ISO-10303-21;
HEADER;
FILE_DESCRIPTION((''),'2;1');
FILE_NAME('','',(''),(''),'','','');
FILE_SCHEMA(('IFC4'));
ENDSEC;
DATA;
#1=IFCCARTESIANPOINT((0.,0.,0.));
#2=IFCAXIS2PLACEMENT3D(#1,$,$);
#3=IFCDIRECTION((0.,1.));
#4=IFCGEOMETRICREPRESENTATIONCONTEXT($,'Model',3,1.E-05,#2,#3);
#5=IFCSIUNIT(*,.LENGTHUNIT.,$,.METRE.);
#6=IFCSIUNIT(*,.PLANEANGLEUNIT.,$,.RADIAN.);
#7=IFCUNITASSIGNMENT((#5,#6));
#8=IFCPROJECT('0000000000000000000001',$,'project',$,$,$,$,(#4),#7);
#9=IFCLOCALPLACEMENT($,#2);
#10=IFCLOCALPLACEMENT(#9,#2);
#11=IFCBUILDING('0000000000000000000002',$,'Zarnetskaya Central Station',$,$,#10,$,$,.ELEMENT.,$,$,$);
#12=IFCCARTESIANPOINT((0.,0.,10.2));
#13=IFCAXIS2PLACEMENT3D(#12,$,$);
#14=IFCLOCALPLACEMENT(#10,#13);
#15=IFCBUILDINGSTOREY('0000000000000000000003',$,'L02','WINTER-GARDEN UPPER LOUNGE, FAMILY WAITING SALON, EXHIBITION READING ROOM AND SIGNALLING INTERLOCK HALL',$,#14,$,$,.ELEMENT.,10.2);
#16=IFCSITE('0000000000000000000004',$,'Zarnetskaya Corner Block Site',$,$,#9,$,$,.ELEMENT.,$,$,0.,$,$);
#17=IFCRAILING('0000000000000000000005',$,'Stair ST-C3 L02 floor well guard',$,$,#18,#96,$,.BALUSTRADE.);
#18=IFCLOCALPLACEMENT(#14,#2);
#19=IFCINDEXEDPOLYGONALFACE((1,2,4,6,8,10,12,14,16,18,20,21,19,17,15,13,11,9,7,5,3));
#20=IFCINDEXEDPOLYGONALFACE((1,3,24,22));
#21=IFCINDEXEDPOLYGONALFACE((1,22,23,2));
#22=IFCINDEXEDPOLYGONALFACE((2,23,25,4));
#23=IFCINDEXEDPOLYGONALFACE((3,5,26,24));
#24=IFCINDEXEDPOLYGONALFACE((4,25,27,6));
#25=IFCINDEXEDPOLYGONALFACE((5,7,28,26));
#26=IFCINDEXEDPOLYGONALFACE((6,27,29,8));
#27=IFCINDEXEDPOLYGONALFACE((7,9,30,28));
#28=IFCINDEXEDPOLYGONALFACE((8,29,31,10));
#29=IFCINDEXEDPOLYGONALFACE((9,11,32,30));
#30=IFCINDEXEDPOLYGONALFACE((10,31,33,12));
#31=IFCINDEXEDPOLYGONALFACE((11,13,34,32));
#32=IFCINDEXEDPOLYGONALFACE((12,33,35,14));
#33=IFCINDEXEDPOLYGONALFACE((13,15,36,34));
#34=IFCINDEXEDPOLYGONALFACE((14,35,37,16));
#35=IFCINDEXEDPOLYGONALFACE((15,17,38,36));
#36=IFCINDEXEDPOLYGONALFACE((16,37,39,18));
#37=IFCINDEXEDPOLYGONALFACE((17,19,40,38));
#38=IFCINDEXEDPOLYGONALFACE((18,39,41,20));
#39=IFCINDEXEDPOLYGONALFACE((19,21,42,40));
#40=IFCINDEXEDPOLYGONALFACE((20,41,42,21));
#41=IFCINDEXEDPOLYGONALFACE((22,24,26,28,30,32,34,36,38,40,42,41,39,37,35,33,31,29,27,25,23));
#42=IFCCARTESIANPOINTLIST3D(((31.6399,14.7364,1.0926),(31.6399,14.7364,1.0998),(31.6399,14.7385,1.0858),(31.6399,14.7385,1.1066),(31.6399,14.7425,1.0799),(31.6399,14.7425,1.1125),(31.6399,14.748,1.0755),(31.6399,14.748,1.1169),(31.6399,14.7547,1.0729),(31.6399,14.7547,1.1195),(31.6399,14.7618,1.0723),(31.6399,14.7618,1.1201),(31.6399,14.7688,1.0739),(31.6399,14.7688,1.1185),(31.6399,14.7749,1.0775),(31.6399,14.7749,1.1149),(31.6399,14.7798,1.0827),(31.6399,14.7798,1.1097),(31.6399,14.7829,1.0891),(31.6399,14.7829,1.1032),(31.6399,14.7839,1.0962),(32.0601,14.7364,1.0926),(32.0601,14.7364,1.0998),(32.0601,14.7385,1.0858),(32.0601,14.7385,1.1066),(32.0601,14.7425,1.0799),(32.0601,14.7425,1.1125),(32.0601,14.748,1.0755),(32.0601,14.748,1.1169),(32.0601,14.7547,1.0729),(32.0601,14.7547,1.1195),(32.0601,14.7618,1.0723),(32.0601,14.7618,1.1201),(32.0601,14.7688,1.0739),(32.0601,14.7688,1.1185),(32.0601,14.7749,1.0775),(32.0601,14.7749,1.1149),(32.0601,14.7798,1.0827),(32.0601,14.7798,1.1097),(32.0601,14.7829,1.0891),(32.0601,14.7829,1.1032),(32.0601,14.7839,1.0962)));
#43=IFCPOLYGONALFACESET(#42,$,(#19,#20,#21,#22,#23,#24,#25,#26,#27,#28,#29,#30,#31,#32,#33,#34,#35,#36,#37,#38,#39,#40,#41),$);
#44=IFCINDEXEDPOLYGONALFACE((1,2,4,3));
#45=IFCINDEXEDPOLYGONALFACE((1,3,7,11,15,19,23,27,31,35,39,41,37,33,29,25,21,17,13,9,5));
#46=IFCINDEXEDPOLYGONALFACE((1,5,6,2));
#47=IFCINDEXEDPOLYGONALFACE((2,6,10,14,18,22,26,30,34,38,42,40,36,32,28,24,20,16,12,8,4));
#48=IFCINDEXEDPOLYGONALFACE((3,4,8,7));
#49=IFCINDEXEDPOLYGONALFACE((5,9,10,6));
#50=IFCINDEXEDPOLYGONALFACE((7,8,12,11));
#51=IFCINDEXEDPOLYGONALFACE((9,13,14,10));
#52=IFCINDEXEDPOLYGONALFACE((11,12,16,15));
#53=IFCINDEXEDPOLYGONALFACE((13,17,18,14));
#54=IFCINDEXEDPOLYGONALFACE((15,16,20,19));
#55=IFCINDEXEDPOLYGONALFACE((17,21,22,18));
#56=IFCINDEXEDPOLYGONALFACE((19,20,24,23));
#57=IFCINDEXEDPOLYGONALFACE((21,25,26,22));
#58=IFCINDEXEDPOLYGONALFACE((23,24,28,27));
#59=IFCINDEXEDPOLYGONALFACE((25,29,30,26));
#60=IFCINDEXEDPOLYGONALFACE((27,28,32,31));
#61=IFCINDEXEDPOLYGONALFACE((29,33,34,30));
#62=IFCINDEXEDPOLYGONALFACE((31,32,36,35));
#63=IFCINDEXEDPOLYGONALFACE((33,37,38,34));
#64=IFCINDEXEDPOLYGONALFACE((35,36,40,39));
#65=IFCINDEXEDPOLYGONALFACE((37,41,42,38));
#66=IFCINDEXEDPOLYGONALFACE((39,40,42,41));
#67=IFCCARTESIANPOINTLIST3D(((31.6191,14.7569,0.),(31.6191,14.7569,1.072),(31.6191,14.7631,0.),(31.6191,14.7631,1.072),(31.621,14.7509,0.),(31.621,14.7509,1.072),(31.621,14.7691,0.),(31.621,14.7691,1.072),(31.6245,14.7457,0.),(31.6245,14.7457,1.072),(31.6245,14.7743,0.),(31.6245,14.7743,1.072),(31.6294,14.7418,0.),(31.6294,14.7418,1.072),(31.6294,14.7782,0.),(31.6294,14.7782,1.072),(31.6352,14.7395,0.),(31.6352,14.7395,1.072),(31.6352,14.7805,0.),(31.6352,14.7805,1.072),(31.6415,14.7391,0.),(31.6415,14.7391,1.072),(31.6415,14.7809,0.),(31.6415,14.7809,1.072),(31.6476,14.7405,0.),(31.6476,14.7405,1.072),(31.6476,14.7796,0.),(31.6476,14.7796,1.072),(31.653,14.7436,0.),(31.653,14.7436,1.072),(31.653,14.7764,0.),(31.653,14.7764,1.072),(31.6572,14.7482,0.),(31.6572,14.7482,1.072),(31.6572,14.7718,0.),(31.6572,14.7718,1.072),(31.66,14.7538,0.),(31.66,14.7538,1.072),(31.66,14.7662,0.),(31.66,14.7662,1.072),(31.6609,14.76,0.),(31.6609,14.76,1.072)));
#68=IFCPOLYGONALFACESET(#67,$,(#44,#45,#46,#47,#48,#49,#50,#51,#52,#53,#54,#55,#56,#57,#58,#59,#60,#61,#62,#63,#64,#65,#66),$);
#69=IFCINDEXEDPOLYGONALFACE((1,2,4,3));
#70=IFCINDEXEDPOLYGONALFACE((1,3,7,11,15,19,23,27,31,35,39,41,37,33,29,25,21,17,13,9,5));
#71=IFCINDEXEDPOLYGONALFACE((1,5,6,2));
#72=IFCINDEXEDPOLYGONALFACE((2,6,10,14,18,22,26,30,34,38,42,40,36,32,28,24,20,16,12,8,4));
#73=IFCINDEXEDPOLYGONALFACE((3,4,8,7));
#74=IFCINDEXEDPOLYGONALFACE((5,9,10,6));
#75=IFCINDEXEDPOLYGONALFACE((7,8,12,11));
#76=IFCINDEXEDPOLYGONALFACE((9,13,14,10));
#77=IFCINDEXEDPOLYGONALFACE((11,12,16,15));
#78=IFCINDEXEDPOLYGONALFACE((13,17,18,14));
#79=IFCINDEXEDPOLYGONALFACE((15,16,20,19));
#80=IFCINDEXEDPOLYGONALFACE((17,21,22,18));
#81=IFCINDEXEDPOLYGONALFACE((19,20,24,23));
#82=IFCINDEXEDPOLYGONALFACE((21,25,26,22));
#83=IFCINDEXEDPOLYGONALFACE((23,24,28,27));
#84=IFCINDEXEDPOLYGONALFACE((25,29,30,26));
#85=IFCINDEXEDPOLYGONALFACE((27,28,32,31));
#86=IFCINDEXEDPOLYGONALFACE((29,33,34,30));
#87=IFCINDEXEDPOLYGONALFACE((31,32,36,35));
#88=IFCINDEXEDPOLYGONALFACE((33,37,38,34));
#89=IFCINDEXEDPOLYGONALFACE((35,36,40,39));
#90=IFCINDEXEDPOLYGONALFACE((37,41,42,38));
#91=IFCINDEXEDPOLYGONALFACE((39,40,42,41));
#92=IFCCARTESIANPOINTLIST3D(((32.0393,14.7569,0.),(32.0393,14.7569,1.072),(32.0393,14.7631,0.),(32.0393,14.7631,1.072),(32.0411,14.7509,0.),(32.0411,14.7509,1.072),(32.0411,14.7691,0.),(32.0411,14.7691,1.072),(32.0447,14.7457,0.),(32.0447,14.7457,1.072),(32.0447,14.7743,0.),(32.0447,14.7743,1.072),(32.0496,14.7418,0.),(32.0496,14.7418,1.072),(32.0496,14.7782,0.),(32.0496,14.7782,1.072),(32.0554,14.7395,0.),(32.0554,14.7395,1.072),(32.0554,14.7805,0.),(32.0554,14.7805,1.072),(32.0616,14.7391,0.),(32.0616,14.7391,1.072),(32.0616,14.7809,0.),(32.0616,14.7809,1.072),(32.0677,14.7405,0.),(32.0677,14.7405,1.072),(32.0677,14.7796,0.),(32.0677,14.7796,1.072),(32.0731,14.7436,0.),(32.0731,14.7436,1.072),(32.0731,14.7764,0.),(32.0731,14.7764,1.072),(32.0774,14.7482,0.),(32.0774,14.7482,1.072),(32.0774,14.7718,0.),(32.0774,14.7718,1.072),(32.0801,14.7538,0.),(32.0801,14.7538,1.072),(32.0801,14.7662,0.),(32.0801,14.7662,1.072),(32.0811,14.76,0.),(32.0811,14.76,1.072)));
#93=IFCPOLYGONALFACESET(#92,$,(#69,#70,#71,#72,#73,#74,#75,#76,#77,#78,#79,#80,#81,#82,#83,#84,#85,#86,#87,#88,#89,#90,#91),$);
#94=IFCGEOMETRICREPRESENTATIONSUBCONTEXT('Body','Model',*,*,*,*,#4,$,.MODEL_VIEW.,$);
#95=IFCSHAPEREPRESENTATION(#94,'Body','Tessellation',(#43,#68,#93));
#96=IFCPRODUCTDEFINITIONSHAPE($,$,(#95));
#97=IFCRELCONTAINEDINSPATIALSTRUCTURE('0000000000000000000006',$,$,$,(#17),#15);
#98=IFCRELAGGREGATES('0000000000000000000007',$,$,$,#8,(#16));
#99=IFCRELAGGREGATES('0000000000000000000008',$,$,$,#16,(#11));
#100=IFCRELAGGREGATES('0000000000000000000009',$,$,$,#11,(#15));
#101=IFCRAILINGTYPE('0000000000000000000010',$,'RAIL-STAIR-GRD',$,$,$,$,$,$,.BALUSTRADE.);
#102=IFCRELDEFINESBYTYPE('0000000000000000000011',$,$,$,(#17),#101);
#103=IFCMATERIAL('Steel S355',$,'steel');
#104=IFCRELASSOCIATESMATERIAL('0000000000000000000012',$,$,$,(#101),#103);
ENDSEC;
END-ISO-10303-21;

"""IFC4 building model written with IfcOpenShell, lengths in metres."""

from ifc_helpers import new_model, si_unit, direction, frame, origin, origin_2d, place, context, subcontext, project, spatial, circle, extrude, material, type_object, element, save


model = new_model("IFC4")

# Units and contexts
model_context = context("Model", 3, precision=1e-05, world=origin(), true_north=direction((0.0, 1.0)))
body_context = subcontext(model_context, "Body", "Model", "MODEL_VIEW")
ifc_project = project(units=[si_unit("LENGTHUNIT", "METRE"), si_unit("PLANEANGLEUNIT", "RADIAN")], contexts=[model_context])

# Site, building, storey
site_placement = place(None, origin())
site = spatial("IfcSite", under=ifc_project, at=site_placement, Name="Zarnetskaya Corner Block Site", CompositionType="ELEMENT", RefElevation=0.0)
building_placement = place(site_placement, origin())
building = spatial("IfcBuilding", under=site, at=building_placement, Name="Zarnetskaya Central Station", CompositionType="ELEMENT")
storey_placement = place(building_placement, frame((0.0, 0.0, 10.2)))
storey = spatial("IfcBuildingStorey", under=building, at=storey_placement, Name="L02", Description="WINTER-GARDEN UPPER LOUNGE, FAMILY WAITING SALON, EXHIBITION READING ROOM AND SIGNALLING INTERLOCK HALL", CompositionType="ELEMENT", Elevation=10.2)

# Shared definitions
ifc_material_1 = material(Name="Steel S355", Category="steel")

# Railing
railing_type_1 = type_object("IfcRailingType", Name="RAIL-STAIR-GRD", PredefinedType="BALUSTRADE", material=ifc_material_1)
railing_1_placement = place(storey_placement, frame((31.6399, 14.76, 0.0)))
element("IfcRailing", 1, at=railing_1_placement, inside=storey, type_object=railing_type_1, Name="Stair ST-C3 L02 floor well guard", PredefinedType="BALUSTRADE", context=body_context, shape_type="SweptSolid", body=[
    extrude(circle(Radius=0.0239, at=origin_2d()), frame((0.0, 0.0, 1.0962), z_axis=(1.0, 0.0, 0.0), x_axis=(0.0, 1.0, 0.0)), (0.0, 0.0, 1.0), 0.4202),
    extrude(circle(Radius=0.021, at=origin_2d()), origin(), (0.0, 0.0, 1.0), 1.072),
    extrude(circle(Radius=0.021, at=origin_2d()), frame((0.4202, 0.0, 0.0)), (0.0, 0.0, 1.0), 1.072),
])

save(model, "model.ifc")
